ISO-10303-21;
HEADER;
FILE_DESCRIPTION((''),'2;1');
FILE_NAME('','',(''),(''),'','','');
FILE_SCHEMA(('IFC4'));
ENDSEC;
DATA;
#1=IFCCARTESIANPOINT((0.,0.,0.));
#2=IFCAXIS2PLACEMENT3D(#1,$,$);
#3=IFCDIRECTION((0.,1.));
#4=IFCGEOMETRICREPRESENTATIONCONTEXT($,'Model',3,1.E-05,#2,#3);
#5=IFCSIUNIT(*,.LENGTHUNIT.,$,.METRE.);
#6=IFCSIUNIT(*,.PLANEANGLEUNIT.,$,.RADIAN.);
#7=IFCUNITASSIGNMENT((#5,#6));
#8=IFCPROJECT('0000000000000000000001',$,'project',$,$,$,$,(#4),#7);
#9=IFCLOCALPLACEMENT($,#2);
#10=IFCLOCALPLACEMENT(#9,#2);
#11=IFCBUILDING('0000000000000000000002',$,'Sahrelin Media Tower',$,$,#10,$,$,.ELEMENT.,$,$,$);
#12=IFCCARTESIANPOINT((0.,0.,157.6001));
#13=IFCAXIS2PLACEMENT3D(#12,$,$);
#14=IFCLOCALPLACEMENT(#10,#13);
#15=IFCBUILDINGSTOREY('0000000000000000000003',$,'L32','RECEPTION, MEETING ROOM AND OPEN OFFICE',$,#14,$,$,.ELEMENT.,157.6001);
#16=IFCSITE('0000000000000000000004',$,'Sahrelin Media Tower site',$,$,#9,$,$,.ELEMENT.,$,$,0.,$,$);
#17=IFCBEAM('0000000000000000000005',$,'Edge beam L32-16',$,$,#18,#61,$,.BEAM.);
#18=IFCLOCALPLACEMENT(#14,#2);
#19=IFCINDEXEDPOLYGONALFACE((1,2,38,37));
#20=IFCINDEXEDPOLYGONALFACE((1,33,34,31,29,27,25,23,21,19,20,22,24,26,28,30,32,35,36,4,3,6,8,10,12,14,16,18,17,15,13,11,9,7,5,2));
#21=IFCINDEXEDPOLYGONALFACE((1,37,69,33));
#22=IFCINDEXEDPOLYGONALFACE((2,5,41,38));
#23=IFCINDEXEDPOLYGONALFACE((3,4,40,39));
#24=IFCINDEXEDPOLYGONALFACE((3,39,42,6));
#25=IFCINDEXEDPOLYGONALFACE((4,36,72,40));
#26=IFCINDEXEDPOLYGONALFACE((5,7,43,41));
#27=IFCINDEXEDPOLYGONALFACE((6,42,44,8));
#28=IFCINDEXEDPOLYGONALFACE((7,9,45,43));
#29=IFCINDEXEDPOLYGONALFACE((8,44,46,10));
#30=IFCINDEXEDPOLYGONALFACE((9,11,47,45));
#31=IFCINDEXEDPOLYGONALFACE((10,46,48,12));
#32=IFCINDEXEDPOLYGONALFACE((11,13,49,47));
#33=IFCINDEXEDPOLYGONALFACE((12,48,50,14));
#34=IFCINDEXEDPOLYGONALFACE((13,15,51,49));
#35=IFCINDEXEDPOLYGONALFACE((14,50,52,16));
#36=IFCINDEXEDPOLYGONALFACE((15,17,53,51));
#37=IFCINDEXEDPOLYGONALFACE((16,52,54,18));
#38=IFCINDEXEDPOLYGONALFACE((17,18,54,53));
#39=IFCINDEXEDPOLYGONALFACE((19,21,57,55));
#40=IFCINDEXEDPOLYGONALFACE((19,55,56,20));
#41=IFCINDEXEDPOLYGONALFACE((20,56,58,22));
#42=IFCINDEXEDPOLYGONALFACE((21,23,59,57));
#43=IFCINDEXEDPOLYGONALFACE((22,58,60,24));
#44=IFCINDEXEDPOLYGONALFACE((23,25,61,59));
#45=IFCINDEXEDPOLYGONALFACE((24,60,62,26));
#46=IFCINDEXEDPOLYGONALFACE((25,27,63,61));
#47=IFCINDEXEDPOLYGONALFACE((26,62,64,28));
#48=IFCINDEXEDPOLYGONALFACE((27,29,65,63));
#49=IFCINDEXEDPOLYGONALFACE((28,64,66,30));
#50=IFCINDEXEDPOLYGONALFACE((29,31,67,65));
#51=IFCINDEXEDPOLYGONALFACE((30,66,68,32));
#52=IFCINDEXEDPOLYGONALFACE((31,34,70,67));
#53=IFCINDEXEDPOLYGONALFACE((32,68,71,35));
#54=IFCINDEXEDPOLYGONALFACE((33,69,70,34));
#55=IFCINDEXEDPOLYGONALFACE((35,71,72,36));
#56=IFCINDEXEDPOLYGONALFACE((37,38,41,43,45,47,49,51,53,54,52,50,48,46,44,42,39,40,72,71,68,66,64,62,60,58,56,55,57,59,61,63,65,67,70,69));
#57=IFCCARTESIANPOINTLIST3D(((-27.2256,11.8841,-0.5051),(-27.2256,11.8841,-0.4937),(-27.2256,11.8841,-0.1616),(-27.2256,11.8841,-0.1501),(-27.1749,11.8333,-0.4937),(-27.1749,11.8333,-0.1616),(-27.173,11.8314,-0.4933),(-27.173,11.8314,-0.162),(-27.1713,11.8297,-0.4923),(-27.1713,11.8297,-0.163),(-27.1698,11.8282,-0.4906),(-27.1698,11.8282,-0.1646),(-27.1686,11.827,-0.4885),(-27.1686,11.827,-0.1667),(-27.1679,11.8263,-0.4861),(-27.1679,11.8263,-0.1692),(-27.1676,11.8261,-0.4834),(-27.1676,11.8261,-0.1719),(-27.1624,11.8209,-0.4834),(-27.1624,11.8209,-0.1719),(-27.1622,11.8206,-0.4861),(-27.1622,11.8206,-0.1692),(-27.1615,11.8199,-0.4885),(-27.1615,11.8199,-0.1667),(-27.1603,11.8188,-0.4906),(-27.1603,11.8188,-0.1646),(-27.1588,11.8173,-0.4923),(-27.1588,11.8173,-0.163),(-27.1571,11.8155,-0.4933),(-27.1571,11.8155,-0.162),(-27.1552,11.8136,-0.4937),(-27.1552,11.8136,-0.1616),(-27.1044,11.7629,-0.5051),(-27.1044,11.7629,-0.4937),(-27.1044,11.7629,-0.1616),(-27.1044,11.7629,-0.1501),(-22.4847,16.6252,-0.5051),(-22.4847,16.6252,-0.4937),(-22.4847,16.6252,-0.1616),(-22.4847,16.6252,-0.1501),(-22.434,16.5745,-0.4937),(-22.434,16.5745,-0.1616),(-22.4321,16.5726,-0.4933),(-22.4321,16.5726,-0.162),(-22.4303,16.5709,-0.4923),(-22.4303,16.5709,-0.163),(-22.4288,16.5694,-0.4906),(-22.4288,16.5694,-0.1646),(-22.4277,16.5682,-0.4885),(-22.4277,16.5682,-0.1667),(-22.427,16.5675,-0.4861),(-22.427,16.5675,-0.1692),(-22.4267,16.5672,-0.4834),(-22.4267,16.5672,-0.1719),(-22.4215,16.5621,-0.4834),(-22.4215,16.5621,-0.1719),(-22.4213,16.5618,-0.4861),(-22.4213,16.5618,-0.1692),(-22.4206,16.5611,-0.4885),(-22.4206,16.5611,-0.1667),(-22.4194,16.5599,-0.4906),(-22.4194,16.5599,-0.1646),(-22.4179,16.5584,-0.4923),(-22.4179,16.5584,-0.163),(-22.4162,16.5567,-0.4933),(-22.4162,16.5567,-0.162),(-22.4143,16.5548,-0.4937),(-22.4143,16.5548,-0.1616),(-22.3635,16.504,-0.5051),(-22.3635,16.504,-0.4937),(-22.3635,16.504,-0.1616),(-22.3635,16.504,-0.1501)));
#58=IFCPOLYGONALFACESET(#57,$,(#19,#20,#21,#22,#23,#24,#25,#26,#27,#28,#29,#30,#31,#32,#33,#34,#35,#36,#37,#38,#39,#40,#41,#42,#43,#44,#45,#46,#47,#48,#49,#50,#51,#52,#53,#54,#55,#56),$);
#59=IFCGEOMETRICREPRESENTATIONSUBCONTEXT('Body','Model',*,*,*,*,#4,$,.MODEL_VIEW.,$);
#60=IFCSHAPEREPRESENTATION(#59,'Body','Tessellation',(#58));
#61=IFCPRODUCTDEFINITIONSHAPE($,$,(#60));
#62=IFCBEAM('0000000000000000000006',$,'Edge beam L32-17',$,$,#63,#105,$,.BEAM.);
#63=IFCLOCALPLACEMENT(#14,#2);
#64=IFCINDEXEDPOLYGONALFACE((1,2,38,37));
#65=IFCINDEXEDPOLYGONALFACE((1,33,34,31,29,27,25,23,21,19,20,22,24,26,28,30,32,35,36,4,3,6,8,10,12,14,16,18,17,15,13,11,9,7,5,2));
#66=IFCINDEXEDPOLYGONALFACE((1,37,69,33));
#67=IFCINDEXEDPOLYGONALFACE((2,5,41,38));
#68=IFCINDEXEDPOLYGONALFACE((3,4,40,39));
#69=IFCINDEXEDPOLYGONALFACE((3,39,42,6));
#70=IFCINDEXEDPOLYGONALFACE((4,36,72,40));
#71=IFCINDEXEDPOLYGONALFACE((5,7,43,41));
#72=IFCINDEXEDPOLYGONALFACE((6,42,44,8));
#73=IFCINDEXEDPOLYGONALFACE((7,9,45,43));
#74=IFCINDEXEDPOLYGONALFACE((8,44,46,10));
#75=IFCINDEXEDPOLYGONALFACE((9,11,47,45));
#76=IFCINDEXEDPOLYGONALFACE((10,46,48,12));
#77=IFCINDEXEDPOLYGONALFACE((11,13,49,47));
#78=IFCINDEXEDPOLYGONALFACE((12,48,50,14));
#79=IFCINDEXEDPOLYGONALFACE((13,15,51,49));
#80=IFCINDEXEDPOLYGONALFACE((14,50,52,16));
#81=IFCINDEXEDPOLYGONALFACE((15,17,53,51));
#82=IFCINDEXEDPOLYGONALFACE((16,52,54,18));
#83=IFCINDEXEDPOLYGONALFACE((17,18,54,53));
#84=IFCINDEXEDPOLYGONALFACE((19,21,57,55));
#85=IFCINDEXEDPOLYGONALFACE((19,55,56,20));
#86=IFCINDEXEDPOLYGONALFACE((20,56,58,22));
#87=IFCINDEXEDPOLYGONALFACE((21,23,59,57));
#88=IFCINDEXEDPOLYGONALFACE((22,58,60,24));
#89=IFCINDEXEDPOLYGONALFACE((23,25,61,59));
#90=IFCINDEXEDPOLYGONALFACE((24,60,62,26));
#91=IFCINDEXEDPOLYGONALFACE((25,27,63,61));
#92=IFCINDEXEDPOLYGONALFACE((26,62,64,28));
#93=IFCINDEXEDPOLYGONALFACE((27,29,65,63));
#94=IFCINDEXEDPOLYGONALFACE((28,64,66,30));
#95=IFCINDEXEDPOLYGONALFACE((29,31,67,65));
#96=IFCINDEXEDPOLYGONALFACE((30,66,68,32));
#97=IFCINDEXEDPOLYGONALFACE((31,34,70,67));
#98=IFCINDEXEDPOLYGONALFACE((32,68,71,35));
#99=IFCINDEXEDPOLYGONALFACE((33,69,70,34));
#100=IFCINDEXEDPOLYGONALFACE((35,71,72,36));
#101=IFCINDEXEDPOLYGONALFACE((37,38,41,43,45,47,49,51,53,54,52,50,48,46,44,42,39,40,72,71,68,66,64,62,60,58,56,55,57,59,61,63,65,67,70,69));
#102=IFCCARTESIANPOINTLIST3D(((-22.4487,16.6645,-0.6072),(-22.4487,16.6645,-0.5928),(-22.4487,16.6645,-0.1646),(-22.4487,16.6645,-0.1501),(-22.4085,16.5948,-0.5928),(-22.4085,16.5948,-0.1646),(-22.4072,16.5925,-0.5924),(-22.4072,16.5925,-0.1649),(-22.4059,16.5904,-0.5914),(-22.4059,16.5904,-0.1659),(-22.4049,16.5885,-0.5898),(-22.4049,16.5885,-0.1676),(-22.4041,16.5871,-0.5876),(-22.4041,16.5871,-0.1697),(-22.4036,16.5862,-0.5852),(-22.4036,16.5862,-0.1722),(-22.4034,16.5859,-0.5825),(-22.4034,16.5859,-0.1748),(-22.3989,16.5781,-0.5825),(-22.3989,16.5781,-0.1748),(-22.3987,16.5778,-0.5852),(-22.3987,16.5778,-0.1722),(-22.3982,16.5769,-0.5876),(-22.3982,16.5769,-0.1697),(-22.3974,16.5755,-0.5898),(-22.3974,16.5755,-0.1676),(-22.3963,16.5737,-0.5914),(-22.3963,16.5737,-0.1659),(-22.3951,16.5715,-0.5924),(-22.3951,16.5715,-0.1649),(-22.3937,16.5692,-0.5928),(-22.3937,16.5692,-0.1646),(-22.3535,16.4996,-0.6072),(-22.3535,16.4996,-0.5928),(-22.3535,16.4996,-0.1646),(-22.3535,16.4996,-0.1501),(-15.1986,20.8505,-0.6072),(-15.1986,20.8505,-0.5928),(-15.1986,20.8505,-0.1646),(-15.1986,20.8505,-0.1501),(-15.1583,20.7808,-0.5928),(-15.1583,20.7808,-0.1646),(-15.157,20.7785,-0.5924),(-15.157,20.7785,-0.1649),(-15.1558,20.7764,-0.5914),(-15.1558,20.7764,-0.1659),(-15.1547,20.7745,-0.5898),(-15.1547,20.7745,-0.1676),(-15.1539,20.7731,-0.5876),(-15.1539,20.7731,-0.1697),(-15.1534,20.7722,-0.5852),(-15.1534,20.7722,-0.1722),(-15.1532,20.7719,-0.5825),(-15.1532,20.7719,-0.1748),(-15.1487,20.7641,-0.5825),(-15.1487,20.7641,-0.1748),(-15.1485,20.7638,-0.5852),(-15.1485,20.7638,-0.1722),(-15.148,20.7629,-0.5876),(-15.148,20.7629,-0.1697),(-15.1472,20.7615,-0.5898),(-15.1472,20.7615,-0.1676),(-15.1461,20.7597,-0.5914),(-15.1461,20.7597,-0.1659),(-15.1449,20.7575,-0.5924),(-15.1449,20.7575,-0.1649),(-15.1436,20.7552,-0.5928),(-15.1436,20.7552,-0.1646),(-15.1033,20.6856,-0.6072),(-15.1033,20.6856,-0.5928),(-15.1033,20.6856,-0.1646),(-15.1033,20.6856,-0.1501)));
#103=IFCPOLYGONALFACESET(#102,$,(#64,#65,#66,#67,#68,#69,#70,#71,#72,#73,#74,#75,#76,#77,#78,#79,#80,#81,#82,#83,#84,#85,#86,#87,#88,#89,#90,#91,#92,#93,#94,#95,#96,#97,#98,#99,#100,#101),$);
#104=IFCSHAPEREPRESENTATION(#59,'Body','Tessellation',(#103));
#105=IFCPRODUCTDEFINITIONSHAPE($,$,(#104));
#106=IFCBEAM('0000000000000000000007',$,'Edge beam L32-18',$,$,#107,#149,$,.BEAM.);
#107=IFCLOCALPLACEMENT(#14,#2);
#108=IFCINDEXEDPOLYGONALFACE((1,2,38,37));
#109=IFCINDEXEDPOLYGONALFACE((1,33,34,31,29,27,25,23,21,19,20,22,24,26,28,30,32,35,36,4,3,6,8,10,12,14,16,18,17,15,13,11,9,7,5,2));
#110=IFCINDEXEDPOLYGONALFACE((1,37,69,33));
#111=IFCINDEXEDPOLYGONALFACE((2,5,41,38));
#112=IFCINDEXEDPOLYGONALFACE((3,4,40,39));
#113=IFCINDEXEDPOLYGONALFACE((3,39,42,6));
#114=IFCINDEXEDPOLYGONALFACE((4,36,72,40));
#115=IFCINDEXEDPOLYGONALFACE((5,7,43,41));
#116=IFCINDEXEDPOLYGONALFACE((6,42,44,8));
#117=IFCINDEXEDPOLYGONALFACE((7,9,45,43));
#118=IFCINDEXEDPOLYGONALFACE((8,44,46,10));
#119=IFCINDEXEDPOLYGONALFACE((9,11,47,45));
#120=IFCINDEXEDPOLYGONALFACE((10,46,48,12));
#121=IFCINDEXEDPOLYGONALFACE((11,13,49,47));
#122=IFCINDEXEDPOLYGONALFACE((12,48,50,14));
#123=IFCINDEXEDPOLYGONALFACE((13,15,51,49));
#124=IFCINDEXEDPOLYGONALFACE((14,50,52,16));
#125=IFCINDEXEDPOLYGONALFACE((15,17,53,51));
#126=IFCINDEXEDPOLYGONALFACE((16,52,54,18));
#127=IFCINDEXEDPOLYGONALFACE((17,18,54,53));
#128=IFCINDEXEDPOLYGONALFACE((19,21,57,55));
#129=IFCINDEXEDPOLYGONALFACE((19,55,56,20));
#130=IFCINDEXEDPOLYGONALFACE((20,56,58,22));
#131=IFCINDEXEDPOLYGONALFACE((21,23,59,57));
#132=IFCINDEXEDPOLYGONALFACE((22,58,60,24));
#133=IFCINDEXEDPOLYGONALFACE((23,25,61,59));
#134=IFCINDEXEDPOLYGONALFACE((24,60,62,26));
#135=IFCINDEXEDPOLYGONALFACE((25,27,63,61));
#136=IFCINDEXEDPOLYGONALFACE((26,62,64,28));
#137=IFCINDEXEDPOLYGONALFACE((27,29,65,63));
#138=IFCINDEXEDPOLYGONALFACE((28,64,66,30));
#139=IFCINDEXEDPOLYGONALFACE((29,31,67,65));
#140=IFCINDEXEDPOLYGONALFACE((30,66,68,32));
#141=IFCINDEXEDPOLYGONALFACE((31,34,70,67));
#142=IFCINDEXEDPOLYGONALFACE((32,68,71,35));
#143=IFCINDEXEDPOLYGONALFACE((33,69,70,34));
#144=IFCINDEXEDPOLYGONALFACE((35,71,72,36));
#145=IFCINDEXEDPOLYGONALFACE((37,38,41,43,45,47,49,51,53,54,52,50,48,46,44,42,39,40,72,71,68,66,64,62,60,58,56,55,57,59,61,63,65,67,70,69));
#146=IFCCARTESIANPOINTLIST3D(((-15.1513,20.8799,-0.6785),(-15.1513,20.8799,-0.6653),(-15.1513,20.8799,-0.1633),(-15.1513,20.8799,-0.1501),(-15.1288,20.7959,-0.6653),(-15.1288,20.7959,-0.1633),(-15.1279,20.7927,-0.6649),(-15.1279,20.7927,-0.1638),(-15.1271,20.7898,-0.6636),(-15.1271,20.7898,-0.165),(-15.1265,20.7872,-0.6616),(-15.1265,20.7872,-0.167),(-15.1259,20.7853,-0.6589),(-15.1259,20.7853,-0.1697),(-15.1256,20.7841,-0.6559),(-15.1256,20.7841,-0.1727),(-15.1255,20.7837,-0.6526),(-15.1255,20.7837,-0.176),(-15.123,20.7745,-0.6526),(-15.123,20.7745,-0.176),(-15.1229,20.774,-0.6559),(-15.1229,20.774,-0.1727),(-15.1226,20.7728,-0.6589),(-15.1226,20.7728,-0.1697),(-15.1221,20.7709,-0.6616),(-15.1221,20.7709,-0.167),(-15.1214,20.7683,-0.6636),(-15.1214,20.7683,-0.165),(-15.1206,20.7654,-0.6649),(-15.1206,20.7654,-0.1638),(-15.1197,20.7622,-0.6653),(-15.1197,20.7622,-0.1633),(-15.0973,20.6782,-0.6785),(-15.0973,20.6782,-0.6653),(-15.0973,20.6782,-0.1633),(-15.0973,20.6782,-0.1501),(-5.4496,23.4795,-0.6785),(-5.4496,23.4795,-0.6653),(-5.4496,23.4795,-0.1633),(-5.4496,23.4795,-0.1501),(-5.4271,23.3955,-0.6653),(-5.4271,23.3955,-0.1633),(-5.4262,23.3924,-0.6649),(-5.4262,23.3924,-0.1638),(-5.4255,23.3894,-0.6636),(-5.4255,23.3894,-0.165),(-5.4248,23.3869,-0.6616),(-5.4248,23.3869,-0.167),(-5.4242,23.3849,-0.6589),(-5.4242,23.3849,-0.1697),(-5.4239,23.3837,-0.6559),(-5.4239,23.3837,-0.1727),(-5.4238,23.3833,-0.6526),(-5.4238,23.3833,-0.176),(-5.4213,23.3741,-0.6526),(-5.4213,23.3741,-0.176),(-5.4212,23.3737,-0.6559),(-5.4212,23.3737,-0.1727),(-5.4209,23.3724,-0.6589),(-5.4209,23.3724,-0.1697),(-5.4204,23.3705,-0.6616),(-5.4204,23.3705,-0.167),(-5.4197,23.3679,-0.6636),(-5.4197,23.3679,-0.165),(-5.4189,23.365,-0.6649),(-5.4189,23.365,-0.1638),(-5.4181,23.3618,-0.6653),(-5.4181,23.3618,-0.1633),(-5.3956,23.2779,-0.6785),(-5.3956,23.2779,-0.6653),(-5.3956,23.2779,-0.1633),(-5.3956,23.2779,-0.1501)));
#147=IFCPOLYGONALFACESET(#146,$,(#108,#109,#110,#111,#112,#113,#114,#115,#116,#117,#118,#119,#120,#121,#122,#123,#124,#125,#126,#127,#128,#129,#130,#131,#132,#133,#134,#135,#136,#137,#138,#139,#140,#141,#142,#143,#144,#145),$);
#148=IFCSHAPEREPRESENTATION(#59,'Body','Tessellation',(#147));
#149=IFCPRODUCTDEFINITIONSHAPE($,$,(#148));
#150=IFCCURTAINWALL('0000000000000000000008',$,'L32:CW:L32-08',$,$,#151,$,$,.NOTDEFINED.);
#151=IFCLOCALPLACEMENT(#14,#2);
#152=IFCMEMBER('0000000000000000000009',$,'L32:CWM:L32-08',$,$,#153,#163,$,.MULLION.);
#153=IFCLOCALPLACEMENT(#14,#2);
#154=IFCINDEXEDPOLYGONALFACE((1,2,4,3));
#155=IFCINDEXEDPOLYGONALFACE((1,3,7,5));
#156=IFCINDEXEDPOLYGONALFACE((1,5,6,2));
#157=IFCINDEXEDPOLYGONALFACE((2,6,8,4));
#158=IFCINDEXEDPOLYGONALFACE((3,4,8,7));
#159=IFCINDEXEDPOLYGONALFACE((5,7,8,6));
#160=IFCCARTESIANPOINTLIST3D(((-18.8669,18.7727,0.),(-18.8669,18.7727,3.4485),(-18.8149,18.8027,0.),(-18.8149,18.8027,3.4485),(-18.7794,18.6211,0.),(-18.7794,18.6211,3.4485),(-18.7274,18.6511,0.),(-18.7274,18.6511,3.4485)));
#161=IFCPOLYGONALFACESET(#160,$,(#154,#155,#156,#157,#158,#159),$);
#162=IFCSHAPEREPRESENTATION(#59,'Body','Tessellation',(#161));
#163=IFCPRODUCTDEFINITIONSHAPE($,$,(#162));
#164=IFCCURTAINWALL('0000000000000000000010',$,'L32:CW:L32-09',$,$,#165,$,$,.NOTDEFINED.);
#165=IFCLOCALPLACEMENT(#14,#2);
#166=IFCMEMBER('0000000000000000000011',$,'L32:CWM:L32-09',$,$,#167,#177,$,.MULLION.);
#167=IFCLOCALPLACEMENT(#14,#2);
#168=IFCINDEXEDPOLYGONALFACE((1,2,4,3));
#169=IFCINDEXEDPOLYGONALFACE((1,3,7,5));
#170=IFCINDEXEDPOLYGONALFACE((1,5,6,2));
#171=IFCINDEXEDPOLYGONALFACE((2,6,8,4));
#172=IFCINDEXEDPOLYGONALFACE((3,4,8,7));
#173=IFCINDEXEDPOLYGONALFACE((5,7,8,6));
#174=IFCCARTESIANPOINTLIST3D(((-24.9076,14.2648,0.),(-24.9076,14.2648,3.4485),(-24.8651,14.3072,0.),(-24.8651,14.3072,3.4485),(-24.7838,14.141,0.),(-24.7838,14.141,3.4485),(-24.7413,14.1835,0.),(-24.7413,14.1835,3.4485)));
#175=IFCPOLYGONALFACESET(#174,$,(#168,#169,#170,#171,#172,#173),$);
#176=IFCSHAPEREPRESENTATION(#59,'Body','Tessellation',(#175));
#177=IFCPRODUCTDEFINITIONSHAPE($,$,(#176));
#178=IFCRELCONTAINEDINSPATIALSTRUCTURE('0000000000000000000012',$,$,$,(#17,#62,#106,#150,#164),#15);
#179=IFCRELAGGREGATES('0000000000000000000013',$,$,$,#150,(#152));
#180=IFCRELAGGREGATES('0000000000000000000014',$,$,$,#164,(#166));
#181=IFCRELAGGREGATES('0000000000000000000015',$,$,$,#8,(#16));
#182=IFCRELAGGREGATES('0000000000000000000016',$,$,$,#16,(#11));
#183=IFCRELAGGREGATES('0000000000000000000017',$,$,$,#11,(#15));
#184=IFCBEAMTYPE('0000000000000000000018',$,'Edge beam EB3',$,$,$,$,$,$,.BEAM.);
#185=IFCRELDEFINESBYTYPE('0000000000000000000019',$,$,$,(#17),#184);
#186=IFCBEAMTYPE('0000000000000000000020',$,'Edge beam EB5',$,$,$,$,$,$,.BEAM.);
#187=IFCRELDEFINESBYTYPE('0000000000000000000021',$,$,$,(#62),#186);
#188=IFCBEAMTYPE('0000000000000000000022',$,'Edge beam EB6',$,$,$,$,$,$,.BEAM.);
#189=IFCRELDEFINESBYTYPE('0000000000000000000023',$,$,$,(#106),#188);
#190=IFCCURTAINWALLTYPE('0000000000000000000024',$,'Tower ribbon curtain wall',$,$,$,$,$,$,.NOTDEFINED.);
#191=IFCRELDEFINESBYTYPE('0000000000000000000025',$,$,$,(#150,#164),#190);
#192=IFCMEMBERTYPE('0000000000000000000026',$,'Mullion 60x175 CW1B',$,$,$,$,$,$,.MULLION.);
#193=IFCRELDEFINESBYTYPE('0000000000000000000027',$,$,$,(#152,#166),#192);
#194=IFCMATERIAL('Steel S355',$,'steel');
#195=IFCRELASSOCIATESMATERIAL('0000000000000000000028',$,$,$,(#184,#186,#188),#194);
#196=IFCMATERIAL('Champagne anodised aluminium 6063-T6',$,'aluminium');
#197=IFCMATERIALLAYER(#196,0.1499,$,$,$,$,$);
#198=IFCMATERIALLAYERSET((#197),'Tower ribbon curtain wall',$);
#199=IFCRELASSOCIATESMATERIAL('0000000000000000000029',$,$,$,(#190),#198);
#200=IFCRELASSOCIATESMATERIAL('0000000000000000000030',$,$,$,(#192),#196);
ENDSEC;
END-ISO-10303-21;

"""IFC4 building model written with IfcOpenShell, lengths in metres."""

from ifc_helpers import new_model, si_unit, direction, frame, origin, origin_2d, place, context, subcontext, project, spatial, rectangle, i_section, extrude, material, layer, layer_set, material_profile, profile_set, type_object, element, aggregate, save


model = new_model("IFC4")

# Units and contexts
model_context = context("Model", 3, precision=1e-05, world=origin(), true_north=direction((0.0, 1.0)))
body_context = subcontext(model_context, "Body", "Model", "MODEL_VIEW")
ifc_project = project(units=[si_unit("LENGTHUNIT", "METRE"), si_unit("PLANEANGLEUNIT", "RADIAN")], contexts=[model_context])

# Site, building, storey
site_placement = place(None, origin())
site = spatial("IfcSite", under=ifc_project, at=site_placement, Name="Sahrelin Media Tower site", CompositionType="ELEMENT", RefElevation=0.0)
building_placement = place(site_placement, origin())
building = spatial("IfcBuilding", under=site, at=building_placement, Name="Sahrelin Media Tower", CompositionType="ELEMENT")
storey_placement = place(building_placement, frame((0.0, 0.0, 157.6001)))
storey = spatial("IfcBuildingStorey", under=building, at=storey_placement, Name="L32", Description="RECEPTION, MEETING ROOM AND OPEN OFFICE", CompositionType="ELEMENT", Elevation=157.6001)

# Beams
ifc_material_1 = material(Name="Steel S355", Category="steel")
ifc_material_profile_1 = material_profile(ifc_material_1, i_section(OverallWidth=0.1714, OverallDepth=0.355, WebThickness=0.0073, FlangeThickness=0.0115, FilletRadius=0.0103, at=origin_2d()), Name="UB 356x171x51")
ifc_profile_set_1 = profile_set([ifc_material_profile_1], Name="Steel S355")
beam_type_1 = type_object("IfcBeamType", Name="Edge beam EB3", PredefinedType="BEAM", material=ifc_profile_set_1)
beam_1_placement = place(storey_placement, frame((-27.165, 11.8235, -0.3276), z_axis=(0.707089, 0.707125, 0.0), x_axis=(-0.707125, 0.707089, 0.0)))
element("IfcBeam", 1, at=beam_1_placement, inside=storey, type_object=beam_type_1, Name="Edge beam L32-16", PredefinedType="BEAM", context=body_context, shape_type="SweptSolid", body=[
    extrude(i_section(OverallWidth=0.1714, OverallDepth=0.355, WebThickness=0.0073, FlangeThickness=0.0115, FilletRadius=0.0103, at=origin_2d()), origin(), (0.0, 0.0, 1.0), 6.7048),
])
ifc_material_profile_2 = material_profile(ifc_material_1, i_section(OverallWidth=0.1904, OverallDepth=0.457, WebThickness=0.009, FlangeThickness=0.0144, FilletRadius=0.0103, at=origin_2d()), Name="UB 457x191x74")
ifc_profile_set_2 = profile_set([ifc_material_profile_2], Name="Steel S355")
beam_type_2 = type_object("IfcBeamType", Name="Edge beam EB5", PredefinedType="BEAM", material=ifc_profile_set_2)
beam_2_placement = place(storey_placement, frame((-22.4011, 16.582, -0.3787), z_axis=(0.86602, 0.500009, 0.0), x_axis=(-0.500009, 0.86602, 0.0)))
element("IfcBeam", 2, at=beam_2_placement, inside=storey, type_object=beam_type_2, Name="Edge beam L32-17", PredefinedType="BEAM", context=body_context, shape_type="SweptSolid", body=[
    extrude(i_section(OverallWidth=0.1904, OverallDepth=0.457, WebThickness=0.009, FlangeThickness=0.0144, FilletRadius=0.0103, at=origin_2d()), origin(), (0.0, 0.0, 1.0), 8.3718),
])
ifc_material_profile_3 = material_profile(ifc_material_1, i_section(OverallWidth=0.2087, OverallDepth=0.5283, WebThickness=0.0095, FlangeThickness=0.0132, FilletRadius=0.0127, at=origin_2d()), Name="UB 533x210x82")
ifc_profile_set_3 = profile_set([ifc_material_profile_3], Name="Steel S355")
beam_type_3 = type_object("IfcBeamType", Name="Edge beam EB6", PredefinedType="BEAM", material=ifc_profile_set_3)
beam_3_placement = place(storey_placement, frame((-15.1243, 20.7791, -0.4143), z_axis=(0.965924, 0.258824, 0.0), x_axis=(-0.258824, 0.965924, 0.0)))
element("IfcBeam", 3, at=beam_3_placement, inside=storey, type_object=beam_type_3, Name="Edge beam L32-18", PredefinedType="BEAM", context=body_context, shape_type="SweptSolid", body=[
    extrude(i_section(OverallWidth=0.2087, OverallDepth=0.5283, WebThickness=0.0095, FlangeThickness=0.0132, FilletRadius=0.0127, at=origin_2d()), origin(), (0.0, 0.0, 1.0), 10.0439),
])

# Curtain walls, members
ifc_material_2 = material(Name="Champagne anodised aluminium 6063-T6", Category="aluminium")
ifc_layer_1 = layer(ifc_material_2, 0.1499)
ifc_layer_set_1 = layer_set([ifc_layer_1], Name="Tower ribbon curtain wall")
curtain_wall_type = type_object("IfcCurtainWallType", Name="Tower ribbon curtain wall", PredefinedType="NOTDEFINED", material=ifc_layer_set_1)
curtain_wall_1_placement = place(storey_placement, frame((-18.8511, 18.8049, 0.0), z_axis=(0.0, 0.0, 1.0), x_axis=(1.0, 0.0, 0.0)))
curtain_wall_1 = element("IfcCurtainWall", 4, at=curtain_wall_1_placement, inside=storey, type_object=curtain_wall_type, Name="L32:CW:L32-08", PredefinedType="NOTDEFINED")
ifc_material_profile_4 = material_profile(ifc_material_2, rectangle(XDim=0.0601, YDim=0.175, at=origin_2d()), Name="Mullion 60x175")
ifc_profile_set_4 = profile_set([ifc_material_profile_4], Name="Champagne anodised aluminium 6063-T6")
member_type_1 = type_object("IfcMemberType", Name="Mullion 60x175 CW1B", PredefinedType="MULLION", material=ifc_profile_set_4)
member_1_placement = place(storey_placement, frame((-18.7971, 18.7119, 0.0), z_axis=(0.0, 0.0, 1.0), x_axis=(-0.866025, -0.5, 0.0)))
member_1 = element("IfcMember", 5, at=member_1_placement, type_object=member_type_1, Name="L32:CWM:L32-08", PredefinedType="MULLION", context=body_context, shape_type="SweptSolid", body=[
    extrude(rectangle(XDim=0.0601, YDim=0.175, at=origin_2d()), origin(), (0.0, 0.0, 1.0), 3.4485),
])
curtain_wall_2_placement = place(storey_placement, frame((-24.9004, 14.3, 0.0), z_axis=(0.0, 0.0, 1.0), x_axis=(1.0, 0.0, 0.0)))
curtain_wall_2 = element("IfcCurtainWall", 6, at=curtain_wall_2_placement, inside=storey, type_object=curtain_wall_type, Name="L32:CW:L32-09", PredefinedType="NOTDEFINED")
member_2_placement = place(storey_placement, frame((-24.8245, 14.2241, 0.0), z_axis=(0.0, 0.0, 1.0), x_axis=(-0.707107, -0.707107, 0.0)))
member_2 = element("IfcMember", 7, at=member_2_placement, type_object=member_type_1, Name="L32:CWM:L32-09", PredefinedType="MULLION", context=body_context, shape_type="SweptSolid", body=[
    extrude(rectangle(XDim=0.0601, YDim=0.175, at=origin_2d()), origin(), (0.0, 0.0, 1.0), 3.4485),
])

aggregate(curtain_wall_1, [member_1])
aggregate(curtain_wall_2, [member_2])

save(model, "model.ifc")
